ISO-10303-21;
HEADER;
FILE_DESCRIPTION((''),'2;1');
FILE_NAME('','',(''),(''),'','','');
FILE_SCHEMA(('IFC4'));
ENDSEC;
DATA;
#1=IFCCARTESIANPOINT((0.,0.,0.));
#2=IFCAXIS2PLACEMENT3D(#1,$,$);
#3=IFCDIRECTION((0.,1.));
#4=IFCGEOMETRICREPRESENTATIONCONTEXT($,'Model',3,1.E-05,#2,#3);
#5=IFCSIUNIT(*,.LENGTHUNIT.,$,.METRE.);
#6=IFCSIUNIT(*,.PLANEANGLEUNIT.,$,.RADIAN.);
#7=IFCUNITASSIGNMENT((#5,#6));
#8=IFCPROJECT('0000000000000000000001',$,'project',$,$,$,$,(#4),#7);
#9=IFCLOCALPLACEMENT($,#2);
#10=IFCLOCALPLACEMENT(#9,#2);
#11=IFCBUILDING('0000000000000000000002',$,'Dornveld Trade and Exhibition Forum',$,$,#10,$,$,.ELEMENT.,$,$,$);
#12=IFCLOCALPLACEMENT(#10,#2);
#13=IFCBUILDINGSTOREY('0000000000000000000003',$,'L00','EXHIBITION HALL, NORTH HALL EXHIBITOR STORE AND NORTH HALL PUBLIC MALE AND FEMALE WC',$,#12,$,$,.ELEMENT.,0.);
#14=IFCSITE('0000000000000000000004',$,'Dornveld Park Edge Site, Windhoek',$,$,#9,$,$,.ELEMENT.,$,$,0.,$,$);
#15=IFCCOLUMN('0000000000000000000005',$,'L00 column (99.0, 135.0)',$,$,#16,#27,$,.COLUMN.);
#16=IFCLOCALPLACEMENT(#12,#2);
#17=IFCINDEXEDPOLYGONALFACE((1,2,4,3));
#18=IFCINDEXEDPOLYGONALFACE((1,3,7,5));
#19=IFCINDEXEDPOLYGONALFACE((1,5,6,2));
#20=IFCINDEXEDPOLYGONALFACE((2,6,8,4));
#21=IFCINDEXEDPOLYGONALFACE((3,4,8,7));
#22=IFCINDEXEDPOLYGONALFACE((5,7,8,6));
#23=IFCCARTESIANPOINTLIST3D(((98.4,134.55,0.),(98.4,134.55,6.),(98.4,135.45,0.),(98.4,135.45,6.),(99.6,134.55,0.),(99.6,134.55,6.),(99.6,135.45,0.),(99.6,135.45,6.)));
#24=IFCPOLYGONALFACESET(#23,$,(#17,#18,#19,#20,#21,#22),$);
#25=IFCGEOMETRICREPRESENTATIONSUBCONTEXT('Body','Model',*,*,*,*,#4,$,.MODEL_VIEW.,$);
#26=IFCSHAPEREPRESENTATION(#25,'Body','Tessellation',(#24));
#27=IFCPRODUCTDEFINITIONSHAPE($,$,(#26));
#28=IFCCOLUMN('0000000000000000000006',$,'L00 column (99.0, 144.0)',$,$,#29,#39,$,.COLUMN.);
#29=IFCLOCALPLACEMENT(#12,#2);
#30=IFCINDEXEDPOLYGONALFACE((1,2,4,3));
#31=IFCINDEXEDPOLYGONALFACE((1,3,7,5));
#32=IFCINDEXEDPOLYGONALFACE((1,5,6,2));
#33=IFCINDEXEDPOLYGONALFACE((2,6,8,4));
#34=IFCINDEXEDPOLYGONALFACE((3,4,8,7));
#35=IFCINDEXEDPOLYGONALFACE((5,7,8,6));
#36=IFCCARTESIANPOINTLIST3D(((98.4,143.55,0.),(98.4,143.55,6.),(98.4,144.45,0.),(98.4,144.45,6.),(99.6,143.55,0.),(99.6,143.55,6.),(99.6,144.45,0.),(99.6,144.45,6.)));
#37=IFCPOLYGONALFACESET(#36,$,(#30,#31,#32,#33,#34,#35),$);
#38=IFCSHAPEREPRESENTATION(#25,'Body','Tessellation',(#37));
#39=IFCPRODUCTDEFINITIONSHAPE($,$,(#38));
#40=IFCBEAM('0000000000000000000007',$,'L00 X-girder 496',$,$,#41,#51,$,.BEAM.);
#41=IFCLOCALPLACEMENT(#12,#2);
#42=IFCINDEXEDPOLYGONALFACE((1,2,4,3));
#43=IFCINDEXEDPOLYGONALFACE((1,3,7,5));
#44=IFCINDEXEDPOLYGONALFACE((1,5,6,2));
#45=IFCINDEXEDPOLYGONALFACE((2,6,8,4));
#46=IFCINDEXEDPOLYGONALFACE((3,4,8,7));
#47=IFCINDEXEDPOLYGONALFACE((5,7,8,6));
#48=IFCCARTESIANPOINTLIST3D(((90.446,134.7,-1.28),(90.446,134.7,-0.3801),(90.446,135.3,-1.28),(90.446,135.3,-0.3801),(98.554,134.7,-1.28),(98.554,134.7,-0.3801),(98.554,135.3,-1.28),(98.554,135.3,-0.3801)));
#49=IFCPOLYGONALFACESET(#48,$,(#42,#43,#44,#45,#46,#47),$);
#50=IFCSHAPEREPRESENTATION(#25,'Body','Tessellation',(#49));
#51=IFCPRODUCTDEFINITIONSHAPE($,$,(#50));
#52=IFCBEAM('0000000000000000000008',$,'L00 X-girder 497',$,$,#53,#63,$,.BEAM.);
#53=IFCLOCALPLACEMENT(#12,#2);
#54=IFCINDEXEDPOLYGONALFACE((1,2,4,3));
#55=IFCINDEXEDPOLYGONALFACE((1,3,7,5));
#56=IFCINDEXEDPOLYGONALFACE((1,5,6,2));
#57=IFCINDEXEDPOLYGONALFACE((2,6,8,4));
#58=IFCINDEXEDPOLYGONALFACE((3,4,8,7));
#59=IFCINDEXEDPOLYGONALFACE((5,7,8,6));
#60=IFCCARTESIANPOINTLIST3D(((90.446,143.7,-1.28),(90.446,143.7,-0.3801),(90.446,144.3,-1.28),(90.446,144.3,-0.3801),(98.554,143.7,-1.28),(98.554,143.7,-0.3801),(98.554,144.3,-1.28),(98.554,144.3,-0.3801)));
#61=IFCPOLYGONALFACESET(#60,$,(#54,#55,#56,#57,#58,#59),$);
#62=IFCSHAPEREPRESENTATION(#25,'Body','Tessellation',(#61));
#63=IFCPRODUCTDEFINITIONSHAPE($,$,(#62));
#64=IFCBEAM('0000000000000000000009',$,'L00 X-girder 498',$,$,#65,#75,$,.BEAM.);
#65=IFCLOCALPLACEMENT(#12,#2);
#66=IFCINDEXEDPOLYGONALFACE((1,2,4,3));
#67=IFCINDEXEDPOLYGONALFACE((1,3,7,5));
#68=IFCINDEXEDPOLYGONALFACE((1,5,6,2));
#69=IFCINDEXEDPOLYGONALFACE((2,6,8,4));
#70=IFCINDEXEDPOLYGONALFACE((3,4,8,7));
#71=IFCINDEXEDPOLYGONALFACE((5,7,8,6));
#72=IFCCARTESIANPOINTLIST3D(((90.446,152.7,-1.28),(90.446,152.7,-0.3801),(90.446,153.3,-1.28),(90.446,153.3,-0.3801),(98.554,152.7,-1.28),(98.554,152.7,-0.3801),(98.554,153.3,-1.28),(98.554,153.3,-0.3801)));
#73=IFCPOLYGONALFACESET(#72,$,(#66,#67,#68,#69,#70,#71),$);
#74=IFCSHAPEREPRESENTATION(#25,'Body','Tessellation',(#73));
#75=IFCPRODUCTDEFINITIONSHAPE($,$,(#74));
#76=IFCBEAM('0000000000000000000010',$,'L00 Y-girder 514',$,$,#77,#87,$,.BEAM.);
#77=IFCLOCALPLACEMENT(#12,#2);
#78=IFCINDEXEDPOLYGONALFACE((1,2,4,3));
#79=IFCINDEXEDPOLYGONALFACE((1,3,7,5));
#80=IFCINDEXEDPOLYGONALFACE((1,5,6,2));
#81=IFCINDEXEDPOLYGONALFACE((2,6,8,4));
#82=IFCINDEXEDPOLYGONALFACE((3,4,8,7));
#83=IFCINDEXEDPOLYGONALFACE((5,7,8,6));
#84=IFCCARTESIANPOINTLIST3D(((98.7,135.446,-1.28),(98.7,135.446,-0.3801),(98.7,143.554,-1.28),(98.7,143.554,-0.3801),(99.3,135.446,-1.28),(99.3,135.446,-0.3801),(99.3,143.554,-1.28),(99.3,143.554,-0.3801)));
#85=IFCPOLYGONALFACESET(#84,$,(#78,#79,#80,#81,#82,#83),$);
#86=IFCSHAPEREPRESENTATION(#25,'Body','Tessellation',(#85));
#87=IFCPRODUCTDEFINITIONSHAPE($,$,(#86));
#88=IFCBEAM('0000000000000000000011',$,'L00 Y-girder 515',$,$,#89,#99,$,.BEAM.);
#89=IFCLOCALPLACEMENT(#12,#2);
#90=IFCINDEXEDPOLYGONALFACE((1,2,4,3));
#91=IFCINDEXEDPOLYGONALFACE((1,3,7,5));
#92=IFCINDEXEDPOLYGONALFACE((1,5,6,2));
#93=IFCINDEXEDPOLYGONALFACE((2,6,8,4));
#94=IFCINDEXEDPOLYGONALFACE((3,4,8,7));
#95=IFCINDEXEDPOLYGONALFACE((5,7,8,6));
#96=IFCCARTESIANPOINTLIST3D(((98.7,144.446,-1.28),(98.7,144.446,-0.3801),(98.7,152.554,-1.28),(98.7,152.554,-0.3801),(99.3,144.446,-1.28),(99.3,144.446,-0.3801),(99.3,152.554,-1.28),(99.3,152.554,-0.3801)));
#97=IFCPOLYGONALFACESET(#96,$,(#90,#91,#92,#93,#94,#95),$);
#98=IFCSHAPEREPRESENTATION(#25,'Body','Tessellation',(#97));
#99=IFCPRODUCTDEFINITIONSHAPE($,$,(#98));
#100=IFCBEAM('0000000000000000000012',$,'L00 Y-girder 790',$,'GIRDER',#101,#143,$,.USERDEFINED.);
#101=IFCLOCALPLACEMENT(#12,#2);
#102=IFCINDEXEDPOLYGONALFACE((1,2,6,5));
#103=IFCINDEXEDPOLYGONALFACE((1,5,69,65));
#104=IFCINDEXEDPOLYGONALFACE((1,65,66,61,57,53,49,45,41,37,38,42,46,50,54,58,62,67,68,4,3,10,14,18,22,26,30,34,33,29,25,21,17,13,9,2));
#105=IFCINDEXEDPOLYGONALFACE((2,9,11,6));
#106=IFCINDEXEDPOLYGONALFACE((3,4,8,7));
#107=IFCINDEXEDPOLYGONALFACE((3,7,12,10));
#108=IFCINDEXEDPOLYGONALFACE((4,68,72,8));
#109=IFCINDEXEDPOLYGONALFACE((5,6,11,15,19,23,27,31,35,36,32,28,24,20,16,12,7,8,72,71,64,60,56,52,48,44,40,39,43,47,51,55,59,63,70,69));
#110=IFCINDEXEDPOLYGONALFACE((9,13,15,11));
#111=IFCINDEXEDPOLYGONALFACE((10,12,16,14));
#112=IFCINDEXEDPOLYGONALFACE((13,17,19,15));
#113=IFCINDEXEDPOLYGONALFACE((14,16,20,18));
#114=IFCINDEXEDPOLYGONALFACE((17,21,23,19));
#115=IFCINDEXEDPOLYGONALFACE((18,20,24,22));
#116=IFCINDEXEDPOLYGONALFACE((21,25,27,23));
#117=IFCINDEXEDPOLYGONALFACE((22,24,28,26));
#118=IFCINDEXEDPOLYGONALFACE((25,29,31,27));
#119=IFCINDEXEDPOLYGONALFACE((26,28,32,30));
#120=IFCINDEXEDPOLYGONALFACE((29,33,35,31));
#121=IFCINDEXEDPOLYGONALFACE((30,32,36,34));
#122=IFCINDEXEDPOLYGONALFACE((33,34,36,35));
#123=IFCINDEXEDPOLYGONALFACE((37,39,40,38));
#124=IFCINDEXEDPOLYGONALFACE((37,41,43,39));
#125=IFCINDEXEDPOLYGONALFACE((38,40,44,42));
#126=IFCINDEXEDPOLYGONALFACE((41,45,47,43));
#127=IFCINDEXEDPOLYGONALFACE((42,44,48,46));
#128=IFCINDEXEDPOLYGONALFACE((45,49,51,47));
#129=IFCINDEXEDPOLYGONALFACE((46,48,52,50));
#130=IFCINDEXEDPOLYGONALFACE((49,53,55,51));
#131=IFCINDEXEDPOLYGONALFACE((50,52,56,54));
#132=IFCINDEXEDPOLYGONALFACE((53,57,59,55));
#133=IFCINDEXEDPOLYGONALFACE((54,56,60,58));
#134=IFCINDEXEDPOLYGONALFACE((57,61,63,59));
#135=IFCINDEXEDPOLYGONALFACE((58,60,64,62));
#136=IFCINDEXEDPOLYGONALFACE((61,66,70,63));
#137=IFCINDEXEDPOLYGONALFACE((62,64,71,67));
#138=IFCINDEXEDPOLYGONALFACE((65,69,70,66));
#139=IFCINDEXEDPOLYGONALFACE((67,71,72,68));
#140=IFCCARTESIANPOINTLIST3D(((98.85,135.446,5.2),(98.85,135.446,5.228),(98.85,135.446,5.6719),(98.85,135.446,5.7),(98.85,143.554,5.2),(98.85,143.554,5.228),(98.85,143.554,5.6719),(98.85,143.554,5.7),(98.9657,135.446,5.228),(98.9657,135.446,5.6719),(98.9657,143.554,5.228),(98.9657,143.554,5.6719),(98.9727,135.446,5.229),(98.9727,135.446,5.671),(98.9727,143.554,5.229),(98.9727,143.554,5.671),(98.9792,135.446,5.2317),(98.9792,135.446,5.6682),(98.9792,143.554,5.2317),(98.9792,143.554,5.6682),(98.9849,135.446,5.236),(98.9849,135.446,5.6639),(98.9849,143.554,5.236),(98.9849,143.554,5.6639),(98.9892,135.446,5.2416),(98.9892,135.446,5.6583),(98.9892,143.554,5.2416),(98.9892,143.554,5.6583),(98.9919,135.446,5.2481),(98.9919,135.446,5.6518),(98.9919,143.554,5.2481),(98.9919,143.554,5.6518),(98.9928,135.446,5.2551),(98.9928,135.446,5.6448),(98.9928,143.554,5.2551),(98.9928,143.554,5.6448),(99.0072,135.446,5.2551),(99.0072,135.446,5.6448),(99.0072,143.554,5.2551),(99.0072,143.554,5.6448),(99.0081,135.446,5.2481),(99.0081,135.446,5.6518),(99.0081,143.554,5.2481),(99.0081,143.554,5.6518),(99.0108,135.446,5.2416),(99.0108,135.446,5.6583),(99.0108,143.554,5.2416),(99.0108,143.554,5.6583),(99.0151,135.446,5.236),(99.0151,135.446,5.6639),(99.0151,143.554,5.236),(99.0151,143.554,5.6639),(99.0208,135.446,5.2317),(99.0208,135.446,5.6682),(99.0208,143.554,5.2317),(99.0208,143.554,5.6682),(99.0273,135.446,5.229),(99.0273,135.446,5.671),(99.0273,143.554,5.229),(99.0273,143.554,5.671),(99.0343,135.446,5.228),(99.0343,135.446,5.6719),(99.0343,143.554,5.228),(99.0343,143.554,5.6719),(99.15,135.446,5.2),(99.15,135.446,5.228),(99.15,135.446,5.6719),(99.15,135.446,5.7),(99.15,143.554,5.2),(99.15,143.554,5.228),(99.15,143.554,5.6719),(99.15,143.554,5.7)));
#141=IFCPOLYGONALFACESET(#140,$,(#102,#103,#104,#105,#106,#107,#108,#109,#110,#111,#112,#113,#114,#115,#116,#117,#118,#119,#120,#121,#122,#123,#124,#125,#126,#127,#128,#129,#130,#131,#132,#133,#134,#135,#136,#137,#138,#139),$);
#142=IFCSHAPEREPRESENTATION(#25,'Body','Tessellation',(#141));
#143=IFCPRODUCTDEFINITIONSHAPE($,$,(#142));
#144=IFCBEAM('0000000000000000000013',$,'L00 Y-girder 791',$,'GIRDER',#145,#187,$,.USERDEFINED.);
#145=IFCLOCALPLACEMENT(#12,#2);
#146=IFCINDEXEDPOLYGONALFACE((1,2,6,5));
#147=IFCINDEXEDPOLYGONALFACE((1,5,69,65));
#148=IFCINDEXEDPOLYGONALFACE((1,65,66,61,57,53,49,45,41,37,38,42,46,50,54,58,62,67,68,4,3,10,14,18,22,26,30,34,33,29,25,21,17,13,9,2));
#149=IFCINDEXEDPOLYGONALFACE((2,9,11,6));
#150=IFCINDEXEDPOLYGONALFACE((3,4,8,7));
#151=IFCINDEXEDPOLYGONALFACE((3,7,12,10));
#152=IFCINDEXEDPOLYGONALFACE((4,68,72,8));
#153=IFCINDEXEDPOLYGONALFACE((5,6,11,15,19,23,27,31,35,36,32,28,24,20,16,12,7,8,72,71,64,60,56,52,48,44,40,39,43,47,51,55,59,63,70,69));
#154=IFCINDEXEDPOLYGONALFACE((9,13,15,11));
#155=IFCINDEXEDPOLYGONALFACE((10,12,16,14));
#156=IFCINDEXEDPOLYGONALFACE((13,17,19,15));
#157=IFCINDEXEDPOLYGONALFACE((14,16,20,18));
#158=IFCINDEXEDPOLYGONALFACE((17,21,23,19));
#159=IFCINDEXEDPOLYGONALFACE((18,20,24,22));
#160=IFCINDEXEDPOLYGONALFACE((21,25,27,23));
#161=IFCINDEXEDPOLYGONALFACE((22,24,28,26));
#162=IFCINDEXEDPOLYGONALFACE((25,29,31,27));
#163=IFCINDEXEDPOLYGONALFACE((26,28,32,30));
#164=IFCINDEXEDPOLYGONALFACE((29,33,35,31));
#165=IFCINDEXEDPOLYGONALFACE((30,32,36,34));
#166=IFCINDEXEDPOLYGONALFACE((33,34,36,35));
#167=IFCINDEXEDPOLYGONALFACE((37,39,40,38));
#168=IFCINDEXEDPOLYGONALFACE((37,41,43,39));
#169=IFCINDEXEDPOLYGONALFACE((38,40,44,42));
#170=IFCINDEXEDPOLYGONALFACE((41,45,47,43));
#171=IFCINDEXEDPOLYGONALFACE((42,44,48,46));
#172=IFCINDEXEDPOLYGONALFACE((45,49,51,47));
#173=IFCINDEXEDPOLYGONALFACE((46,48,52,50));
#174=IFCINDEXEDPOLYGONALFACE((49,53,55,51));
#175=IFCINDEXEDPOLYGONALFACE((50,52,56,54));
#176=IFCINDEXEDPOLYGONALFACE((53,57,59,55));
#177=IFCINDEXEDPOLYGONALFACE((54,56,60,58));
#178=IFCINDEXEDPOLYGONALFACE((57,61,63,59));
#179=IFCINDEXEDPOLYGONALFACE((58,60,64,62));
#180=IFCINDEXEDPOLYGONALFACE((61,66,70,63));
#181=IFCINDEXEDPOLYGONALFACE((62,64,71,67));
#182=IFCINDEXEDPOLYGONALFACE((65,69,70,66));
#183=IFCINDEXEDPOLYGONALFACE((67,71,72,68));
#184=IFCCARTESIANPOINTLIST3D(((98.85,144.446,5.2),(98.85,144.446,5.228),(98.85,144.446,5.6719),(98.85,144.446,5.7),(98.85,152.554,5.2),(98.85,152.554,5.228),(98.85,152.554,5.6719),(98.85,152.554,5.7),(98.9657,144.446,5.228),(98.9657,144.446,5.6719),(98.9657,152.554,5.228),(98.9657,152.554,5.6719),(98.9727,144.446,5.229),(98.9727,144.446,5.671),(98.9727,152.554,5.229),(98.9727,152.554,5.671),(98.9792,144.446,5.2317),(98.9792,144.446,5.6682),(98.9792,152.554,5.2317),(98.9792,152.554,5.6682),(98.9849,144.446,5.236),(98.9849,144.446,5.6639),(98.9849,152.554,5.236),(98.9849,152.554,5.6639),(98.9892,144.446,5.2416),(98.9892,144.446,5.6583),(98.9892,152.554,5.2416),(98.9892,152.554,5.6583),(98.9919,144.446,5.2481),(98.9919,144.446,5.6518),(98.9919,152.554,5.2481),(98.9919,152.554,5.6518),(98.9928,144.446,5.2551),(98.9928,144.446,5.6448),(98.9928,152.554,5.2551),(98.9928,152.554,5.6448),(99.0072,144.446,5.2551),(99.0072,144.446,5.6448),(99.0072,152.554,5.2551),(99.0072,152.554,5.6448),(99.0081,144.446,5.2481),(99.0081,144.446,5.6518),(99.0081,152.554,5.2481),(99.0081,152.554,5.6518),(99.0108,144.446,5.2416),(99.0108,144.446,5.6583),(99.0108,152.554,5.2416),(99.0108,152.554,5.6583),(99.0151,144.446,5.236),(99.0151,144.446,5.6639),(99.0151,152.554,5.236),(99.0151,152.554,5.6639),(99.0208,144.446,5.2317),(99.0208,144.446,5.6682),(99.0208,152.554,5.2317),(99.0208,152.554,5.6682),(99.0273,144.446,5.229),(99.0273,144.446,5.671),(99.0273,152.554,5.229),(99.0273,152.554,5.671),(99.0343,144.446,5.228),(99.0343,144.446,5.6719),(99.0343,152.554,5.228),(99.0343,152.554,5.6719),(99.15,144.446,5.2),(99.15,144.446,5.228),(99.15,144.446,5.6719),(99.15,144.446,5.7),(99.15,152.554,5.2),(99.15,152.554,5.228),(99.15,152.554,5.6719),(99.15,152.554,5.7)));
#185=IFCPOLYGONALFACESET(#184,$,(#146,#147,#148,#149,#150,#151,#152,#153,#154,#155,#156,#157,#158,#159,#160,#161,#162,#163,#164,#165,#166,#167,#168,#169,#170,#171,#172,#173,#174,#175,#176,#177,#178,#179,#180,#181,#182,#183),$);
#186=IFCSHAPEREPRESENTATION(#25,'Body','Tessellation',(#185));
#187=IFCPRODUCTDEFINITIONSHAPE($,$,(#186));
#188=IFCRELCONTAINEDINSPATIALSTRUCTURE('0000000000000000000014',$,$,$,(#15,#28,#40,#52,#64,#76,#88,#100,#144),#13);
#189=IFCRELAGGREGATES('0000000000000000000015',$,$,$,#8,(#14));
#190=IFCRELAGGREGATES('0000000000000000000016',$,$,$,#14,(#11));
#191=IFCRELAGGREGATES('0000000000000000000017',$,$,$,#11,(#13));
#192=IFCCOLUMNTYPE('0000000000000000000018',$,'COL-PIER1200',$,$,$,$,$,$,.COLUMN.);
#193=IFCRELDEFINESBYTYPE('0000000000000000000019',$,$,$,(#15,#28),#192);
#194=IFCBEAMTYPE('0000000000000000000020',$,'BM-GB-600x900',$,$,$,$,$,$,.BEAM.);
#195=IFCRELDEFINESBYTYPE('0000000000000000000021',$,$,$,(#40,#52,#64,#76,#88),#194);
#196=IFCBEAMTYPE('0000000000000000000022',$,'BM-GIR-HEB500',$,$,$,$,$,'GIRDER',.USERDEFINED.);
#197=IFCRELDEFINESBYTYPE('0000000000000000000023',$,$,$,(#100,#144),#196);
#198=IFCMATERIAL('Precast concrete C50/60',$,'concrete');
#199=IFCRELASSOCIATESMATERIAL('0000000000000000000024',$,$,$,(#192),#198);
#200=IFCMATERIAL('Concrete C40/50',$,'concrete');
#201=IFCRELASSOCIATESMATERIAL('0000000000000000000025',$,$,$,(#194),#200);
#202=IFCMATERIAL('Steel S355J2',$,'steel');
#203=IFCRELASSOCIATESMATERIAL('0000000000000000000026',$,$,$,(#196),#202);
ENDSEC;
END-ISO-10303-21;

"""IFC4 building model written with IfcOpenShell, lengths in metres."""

from ifc_helpers import new_model, si_unit, direction, frame, origin, origin_2d, place, context, subcontext, project, spatial, rectangle, i_section, extrude, material, material_profile, profile_set, type_object, element, save


model = new_model("IFC4")

# Units and contexts
model_context = context("Model", 3, precision=1e-05, world=origin(), true_north=direction((0.0, 1.0)))
body_context = subcontext(model_context, "Body", "Model", "MODEL_VIEW")
ifc_project = project(units=[si_unit("LENGTHUNIT", "METRE"), si_unit("PLANEANGLEUNIT", "RADIAN")], contexts=[model_context])

# Site, building, storey
site_placement = place(None, origin())
site = spatial("IfcSite", under=ifc_project, at=site_placement, Name="Dornveld Park Edge Site, Windhoek", CompositionType="ELEMENT", RefElevation=0.0)
building_placement = place(site_placement, origin())
building = spatial("IfcBuilding", under=site, at=building_placement, Name="Dornveld Trade and Exhibition Forum", CompositionType="ELEMENT")
storey_placement = place(building_placement, origin())
storey = spatial("IfcBuildingStorey", under=building, at=storey_placement, Name="L00", Description="EXHIBITION HALL, NORTH HALL EXHIBITOR STORE AND NORTH HALL PUBLIC MALE AND FEMALE WC", CompositionType="ELEMENT", Elevation=0.0)

# Columns
ifc_material_1 = material(Name="Precast concrete C50/60", Category="concrete")
ifc_material_profile_1 = material_profile(ifc_material_1, rectangle(XDim=1.2, YDim=0.8999, at=origin_2d()), Name="PC-PIER 1200x900")
ifc_profile_set_1 = profile_set([ifc_material_profile_1], Name="Precast concrete C50/60")
column_type = type_object("IfcColumnType", Name="COL-PIER1200", PredefinedType="COLUMN", material=ifc_profile_set_1)
for number, where, z_axis, x_axis, name in (
    (1, (99.0, 135.0, 0.0), (0.0, 0.0, 1.0), (1.0, 0.0, 0.0), "L00 column (99.0, 135.0)"),
    (2, (99.0, 144.0, 0.0), (0.0, 0.0, 1.0), (1.0, 0.0, 0.0), "L00 column (99.0, 144.0)"),
):
    element("IfcColumn", number, at=place(storey_placement, frame(where, z_axis=z_axis, x_axis=x_axis)), inside=storey, type_object=column_type, Name=name, PredefinedType="COLUMN", context=body_context, shape_type="SweptSolid", body=[
        extrude(rectangle(XDim=1.2, YDim=0.8999, at=origin_2d()), origin(), (0.0, 0.0, 1.0), 6.0),
    ])

# Beams
ifc_material_2 = material(Name="Concrete C40/50", Category="concrete")
ifc_material_profile_2 = material_profile(ifc_material_2, rectangle(XDim=0.6001, YDim=0.8999, at=origin_2d()), Name="RC-GB 600x900")
ifc_profile_set_2 = profile_set([ifc_material_profile_2], Name="Concrete C40/50")
beam_type_1 = type_object("IfcBeamType", Name="BM-GB-600x900", PredefinedType="BEAM", material=ifc_profile_set_2)
for number, where, z_axis, x_axis, name in (
    (3, (90.446, 135.0, -0.8301), (1.0, 0.0, 0.0), (0.0, 1.0, 0.0), "L00 X-girder 496"),
    (4, (90.446, 144.0, -0.8301), (1.0, 0.0, 0.0), (0.0, 1.0, 0.0), "L00 X-girder 497"),
    (5, (90.446, 153.0, -0.8301), (1.0, 0.0, 0.0), (0.0, 1.0, 0.0), "L00 X-girder 498"),
    (6, (99.0, 135.446, -0.8301), (0.0, 1.0, 0.0), (-1.0, 0.0, 0.0), "L00 Y-girder 514"),
    (7, (99.0, 144.446, -0.8301), (0.0, 1.0, 0.0), (-1.0, 0.0, 0.0), "L00 Y-girder 515"),
):
    element("IfcBeam", number, at=place(storey_placement, frame(where, z_axis=z_axis, x_axis=x_axis)), inside=storey, type_object=beam_type_1, Name=name, PredefinedType="BEAM", context=body_context, shape_type="SweptSolid", body=[
        extrude(rectangle(XDim=0.6001, YDim=0.8999, at=origin_2d()), origin(), (0.0, 0.0, 1.0), 8.1079),
    ])
ifc_material_3 = material(Name="Steel S355J2", Category="steel")
ifc_material_profile_3 = material_profile(ifc_material_3, i_section(OverallWidth=0.3, OverallDepth=0.5, WebThickness=0.0144, FlangeThickness=0.0281, FilletRadius=0.0271, at=origin_2d()), Name="HEB 500")
ifc_profile_set_3 = profile_set([ifc_material_profile_3], Name="Steel S355J2")
beam_type_2 = type_object("IfcBeamType", Name="BM-GIR-HEB500", ElementType="GIRDER", PredefinedType="USERDEFINED", material=ifc_profile_set_3)
for number, where, z_axis, x_axis, name in (
    (8, (99.0, 135.446, 5.45), (0.0, 1.0, 0.0), (-1.0, 0.0, 0.0), "L00 Y-girder 790"),
    (9, (99.0, 144.446, 5.45), (0.0, 1.0, 0.0), (-1.0, 0.0, 0.0), "L00 Y-girder 791"),
):
    element("IfcBeam", number, at=place(storey_placement, frame(where, z_axis=z_axis, x_axis=x_axis)), inside=storey, type_object=beam_type_2, Name=name, ObjectType="GIRDER", PredefinedType="USERDEFINED", context=body_context, shape_type="SweptSolid", body=[
        extrude(i_section(OverallWidth=0.3, OverallDepth=0.5, WebThickness=0.0144, FlangeThickness=0.0281, FilletRadius=0.0271, at=origin_2d()), origin(), (0.0, 0.0, 1.0), 8.1079),
    ])

save(model, "model.ifc")
